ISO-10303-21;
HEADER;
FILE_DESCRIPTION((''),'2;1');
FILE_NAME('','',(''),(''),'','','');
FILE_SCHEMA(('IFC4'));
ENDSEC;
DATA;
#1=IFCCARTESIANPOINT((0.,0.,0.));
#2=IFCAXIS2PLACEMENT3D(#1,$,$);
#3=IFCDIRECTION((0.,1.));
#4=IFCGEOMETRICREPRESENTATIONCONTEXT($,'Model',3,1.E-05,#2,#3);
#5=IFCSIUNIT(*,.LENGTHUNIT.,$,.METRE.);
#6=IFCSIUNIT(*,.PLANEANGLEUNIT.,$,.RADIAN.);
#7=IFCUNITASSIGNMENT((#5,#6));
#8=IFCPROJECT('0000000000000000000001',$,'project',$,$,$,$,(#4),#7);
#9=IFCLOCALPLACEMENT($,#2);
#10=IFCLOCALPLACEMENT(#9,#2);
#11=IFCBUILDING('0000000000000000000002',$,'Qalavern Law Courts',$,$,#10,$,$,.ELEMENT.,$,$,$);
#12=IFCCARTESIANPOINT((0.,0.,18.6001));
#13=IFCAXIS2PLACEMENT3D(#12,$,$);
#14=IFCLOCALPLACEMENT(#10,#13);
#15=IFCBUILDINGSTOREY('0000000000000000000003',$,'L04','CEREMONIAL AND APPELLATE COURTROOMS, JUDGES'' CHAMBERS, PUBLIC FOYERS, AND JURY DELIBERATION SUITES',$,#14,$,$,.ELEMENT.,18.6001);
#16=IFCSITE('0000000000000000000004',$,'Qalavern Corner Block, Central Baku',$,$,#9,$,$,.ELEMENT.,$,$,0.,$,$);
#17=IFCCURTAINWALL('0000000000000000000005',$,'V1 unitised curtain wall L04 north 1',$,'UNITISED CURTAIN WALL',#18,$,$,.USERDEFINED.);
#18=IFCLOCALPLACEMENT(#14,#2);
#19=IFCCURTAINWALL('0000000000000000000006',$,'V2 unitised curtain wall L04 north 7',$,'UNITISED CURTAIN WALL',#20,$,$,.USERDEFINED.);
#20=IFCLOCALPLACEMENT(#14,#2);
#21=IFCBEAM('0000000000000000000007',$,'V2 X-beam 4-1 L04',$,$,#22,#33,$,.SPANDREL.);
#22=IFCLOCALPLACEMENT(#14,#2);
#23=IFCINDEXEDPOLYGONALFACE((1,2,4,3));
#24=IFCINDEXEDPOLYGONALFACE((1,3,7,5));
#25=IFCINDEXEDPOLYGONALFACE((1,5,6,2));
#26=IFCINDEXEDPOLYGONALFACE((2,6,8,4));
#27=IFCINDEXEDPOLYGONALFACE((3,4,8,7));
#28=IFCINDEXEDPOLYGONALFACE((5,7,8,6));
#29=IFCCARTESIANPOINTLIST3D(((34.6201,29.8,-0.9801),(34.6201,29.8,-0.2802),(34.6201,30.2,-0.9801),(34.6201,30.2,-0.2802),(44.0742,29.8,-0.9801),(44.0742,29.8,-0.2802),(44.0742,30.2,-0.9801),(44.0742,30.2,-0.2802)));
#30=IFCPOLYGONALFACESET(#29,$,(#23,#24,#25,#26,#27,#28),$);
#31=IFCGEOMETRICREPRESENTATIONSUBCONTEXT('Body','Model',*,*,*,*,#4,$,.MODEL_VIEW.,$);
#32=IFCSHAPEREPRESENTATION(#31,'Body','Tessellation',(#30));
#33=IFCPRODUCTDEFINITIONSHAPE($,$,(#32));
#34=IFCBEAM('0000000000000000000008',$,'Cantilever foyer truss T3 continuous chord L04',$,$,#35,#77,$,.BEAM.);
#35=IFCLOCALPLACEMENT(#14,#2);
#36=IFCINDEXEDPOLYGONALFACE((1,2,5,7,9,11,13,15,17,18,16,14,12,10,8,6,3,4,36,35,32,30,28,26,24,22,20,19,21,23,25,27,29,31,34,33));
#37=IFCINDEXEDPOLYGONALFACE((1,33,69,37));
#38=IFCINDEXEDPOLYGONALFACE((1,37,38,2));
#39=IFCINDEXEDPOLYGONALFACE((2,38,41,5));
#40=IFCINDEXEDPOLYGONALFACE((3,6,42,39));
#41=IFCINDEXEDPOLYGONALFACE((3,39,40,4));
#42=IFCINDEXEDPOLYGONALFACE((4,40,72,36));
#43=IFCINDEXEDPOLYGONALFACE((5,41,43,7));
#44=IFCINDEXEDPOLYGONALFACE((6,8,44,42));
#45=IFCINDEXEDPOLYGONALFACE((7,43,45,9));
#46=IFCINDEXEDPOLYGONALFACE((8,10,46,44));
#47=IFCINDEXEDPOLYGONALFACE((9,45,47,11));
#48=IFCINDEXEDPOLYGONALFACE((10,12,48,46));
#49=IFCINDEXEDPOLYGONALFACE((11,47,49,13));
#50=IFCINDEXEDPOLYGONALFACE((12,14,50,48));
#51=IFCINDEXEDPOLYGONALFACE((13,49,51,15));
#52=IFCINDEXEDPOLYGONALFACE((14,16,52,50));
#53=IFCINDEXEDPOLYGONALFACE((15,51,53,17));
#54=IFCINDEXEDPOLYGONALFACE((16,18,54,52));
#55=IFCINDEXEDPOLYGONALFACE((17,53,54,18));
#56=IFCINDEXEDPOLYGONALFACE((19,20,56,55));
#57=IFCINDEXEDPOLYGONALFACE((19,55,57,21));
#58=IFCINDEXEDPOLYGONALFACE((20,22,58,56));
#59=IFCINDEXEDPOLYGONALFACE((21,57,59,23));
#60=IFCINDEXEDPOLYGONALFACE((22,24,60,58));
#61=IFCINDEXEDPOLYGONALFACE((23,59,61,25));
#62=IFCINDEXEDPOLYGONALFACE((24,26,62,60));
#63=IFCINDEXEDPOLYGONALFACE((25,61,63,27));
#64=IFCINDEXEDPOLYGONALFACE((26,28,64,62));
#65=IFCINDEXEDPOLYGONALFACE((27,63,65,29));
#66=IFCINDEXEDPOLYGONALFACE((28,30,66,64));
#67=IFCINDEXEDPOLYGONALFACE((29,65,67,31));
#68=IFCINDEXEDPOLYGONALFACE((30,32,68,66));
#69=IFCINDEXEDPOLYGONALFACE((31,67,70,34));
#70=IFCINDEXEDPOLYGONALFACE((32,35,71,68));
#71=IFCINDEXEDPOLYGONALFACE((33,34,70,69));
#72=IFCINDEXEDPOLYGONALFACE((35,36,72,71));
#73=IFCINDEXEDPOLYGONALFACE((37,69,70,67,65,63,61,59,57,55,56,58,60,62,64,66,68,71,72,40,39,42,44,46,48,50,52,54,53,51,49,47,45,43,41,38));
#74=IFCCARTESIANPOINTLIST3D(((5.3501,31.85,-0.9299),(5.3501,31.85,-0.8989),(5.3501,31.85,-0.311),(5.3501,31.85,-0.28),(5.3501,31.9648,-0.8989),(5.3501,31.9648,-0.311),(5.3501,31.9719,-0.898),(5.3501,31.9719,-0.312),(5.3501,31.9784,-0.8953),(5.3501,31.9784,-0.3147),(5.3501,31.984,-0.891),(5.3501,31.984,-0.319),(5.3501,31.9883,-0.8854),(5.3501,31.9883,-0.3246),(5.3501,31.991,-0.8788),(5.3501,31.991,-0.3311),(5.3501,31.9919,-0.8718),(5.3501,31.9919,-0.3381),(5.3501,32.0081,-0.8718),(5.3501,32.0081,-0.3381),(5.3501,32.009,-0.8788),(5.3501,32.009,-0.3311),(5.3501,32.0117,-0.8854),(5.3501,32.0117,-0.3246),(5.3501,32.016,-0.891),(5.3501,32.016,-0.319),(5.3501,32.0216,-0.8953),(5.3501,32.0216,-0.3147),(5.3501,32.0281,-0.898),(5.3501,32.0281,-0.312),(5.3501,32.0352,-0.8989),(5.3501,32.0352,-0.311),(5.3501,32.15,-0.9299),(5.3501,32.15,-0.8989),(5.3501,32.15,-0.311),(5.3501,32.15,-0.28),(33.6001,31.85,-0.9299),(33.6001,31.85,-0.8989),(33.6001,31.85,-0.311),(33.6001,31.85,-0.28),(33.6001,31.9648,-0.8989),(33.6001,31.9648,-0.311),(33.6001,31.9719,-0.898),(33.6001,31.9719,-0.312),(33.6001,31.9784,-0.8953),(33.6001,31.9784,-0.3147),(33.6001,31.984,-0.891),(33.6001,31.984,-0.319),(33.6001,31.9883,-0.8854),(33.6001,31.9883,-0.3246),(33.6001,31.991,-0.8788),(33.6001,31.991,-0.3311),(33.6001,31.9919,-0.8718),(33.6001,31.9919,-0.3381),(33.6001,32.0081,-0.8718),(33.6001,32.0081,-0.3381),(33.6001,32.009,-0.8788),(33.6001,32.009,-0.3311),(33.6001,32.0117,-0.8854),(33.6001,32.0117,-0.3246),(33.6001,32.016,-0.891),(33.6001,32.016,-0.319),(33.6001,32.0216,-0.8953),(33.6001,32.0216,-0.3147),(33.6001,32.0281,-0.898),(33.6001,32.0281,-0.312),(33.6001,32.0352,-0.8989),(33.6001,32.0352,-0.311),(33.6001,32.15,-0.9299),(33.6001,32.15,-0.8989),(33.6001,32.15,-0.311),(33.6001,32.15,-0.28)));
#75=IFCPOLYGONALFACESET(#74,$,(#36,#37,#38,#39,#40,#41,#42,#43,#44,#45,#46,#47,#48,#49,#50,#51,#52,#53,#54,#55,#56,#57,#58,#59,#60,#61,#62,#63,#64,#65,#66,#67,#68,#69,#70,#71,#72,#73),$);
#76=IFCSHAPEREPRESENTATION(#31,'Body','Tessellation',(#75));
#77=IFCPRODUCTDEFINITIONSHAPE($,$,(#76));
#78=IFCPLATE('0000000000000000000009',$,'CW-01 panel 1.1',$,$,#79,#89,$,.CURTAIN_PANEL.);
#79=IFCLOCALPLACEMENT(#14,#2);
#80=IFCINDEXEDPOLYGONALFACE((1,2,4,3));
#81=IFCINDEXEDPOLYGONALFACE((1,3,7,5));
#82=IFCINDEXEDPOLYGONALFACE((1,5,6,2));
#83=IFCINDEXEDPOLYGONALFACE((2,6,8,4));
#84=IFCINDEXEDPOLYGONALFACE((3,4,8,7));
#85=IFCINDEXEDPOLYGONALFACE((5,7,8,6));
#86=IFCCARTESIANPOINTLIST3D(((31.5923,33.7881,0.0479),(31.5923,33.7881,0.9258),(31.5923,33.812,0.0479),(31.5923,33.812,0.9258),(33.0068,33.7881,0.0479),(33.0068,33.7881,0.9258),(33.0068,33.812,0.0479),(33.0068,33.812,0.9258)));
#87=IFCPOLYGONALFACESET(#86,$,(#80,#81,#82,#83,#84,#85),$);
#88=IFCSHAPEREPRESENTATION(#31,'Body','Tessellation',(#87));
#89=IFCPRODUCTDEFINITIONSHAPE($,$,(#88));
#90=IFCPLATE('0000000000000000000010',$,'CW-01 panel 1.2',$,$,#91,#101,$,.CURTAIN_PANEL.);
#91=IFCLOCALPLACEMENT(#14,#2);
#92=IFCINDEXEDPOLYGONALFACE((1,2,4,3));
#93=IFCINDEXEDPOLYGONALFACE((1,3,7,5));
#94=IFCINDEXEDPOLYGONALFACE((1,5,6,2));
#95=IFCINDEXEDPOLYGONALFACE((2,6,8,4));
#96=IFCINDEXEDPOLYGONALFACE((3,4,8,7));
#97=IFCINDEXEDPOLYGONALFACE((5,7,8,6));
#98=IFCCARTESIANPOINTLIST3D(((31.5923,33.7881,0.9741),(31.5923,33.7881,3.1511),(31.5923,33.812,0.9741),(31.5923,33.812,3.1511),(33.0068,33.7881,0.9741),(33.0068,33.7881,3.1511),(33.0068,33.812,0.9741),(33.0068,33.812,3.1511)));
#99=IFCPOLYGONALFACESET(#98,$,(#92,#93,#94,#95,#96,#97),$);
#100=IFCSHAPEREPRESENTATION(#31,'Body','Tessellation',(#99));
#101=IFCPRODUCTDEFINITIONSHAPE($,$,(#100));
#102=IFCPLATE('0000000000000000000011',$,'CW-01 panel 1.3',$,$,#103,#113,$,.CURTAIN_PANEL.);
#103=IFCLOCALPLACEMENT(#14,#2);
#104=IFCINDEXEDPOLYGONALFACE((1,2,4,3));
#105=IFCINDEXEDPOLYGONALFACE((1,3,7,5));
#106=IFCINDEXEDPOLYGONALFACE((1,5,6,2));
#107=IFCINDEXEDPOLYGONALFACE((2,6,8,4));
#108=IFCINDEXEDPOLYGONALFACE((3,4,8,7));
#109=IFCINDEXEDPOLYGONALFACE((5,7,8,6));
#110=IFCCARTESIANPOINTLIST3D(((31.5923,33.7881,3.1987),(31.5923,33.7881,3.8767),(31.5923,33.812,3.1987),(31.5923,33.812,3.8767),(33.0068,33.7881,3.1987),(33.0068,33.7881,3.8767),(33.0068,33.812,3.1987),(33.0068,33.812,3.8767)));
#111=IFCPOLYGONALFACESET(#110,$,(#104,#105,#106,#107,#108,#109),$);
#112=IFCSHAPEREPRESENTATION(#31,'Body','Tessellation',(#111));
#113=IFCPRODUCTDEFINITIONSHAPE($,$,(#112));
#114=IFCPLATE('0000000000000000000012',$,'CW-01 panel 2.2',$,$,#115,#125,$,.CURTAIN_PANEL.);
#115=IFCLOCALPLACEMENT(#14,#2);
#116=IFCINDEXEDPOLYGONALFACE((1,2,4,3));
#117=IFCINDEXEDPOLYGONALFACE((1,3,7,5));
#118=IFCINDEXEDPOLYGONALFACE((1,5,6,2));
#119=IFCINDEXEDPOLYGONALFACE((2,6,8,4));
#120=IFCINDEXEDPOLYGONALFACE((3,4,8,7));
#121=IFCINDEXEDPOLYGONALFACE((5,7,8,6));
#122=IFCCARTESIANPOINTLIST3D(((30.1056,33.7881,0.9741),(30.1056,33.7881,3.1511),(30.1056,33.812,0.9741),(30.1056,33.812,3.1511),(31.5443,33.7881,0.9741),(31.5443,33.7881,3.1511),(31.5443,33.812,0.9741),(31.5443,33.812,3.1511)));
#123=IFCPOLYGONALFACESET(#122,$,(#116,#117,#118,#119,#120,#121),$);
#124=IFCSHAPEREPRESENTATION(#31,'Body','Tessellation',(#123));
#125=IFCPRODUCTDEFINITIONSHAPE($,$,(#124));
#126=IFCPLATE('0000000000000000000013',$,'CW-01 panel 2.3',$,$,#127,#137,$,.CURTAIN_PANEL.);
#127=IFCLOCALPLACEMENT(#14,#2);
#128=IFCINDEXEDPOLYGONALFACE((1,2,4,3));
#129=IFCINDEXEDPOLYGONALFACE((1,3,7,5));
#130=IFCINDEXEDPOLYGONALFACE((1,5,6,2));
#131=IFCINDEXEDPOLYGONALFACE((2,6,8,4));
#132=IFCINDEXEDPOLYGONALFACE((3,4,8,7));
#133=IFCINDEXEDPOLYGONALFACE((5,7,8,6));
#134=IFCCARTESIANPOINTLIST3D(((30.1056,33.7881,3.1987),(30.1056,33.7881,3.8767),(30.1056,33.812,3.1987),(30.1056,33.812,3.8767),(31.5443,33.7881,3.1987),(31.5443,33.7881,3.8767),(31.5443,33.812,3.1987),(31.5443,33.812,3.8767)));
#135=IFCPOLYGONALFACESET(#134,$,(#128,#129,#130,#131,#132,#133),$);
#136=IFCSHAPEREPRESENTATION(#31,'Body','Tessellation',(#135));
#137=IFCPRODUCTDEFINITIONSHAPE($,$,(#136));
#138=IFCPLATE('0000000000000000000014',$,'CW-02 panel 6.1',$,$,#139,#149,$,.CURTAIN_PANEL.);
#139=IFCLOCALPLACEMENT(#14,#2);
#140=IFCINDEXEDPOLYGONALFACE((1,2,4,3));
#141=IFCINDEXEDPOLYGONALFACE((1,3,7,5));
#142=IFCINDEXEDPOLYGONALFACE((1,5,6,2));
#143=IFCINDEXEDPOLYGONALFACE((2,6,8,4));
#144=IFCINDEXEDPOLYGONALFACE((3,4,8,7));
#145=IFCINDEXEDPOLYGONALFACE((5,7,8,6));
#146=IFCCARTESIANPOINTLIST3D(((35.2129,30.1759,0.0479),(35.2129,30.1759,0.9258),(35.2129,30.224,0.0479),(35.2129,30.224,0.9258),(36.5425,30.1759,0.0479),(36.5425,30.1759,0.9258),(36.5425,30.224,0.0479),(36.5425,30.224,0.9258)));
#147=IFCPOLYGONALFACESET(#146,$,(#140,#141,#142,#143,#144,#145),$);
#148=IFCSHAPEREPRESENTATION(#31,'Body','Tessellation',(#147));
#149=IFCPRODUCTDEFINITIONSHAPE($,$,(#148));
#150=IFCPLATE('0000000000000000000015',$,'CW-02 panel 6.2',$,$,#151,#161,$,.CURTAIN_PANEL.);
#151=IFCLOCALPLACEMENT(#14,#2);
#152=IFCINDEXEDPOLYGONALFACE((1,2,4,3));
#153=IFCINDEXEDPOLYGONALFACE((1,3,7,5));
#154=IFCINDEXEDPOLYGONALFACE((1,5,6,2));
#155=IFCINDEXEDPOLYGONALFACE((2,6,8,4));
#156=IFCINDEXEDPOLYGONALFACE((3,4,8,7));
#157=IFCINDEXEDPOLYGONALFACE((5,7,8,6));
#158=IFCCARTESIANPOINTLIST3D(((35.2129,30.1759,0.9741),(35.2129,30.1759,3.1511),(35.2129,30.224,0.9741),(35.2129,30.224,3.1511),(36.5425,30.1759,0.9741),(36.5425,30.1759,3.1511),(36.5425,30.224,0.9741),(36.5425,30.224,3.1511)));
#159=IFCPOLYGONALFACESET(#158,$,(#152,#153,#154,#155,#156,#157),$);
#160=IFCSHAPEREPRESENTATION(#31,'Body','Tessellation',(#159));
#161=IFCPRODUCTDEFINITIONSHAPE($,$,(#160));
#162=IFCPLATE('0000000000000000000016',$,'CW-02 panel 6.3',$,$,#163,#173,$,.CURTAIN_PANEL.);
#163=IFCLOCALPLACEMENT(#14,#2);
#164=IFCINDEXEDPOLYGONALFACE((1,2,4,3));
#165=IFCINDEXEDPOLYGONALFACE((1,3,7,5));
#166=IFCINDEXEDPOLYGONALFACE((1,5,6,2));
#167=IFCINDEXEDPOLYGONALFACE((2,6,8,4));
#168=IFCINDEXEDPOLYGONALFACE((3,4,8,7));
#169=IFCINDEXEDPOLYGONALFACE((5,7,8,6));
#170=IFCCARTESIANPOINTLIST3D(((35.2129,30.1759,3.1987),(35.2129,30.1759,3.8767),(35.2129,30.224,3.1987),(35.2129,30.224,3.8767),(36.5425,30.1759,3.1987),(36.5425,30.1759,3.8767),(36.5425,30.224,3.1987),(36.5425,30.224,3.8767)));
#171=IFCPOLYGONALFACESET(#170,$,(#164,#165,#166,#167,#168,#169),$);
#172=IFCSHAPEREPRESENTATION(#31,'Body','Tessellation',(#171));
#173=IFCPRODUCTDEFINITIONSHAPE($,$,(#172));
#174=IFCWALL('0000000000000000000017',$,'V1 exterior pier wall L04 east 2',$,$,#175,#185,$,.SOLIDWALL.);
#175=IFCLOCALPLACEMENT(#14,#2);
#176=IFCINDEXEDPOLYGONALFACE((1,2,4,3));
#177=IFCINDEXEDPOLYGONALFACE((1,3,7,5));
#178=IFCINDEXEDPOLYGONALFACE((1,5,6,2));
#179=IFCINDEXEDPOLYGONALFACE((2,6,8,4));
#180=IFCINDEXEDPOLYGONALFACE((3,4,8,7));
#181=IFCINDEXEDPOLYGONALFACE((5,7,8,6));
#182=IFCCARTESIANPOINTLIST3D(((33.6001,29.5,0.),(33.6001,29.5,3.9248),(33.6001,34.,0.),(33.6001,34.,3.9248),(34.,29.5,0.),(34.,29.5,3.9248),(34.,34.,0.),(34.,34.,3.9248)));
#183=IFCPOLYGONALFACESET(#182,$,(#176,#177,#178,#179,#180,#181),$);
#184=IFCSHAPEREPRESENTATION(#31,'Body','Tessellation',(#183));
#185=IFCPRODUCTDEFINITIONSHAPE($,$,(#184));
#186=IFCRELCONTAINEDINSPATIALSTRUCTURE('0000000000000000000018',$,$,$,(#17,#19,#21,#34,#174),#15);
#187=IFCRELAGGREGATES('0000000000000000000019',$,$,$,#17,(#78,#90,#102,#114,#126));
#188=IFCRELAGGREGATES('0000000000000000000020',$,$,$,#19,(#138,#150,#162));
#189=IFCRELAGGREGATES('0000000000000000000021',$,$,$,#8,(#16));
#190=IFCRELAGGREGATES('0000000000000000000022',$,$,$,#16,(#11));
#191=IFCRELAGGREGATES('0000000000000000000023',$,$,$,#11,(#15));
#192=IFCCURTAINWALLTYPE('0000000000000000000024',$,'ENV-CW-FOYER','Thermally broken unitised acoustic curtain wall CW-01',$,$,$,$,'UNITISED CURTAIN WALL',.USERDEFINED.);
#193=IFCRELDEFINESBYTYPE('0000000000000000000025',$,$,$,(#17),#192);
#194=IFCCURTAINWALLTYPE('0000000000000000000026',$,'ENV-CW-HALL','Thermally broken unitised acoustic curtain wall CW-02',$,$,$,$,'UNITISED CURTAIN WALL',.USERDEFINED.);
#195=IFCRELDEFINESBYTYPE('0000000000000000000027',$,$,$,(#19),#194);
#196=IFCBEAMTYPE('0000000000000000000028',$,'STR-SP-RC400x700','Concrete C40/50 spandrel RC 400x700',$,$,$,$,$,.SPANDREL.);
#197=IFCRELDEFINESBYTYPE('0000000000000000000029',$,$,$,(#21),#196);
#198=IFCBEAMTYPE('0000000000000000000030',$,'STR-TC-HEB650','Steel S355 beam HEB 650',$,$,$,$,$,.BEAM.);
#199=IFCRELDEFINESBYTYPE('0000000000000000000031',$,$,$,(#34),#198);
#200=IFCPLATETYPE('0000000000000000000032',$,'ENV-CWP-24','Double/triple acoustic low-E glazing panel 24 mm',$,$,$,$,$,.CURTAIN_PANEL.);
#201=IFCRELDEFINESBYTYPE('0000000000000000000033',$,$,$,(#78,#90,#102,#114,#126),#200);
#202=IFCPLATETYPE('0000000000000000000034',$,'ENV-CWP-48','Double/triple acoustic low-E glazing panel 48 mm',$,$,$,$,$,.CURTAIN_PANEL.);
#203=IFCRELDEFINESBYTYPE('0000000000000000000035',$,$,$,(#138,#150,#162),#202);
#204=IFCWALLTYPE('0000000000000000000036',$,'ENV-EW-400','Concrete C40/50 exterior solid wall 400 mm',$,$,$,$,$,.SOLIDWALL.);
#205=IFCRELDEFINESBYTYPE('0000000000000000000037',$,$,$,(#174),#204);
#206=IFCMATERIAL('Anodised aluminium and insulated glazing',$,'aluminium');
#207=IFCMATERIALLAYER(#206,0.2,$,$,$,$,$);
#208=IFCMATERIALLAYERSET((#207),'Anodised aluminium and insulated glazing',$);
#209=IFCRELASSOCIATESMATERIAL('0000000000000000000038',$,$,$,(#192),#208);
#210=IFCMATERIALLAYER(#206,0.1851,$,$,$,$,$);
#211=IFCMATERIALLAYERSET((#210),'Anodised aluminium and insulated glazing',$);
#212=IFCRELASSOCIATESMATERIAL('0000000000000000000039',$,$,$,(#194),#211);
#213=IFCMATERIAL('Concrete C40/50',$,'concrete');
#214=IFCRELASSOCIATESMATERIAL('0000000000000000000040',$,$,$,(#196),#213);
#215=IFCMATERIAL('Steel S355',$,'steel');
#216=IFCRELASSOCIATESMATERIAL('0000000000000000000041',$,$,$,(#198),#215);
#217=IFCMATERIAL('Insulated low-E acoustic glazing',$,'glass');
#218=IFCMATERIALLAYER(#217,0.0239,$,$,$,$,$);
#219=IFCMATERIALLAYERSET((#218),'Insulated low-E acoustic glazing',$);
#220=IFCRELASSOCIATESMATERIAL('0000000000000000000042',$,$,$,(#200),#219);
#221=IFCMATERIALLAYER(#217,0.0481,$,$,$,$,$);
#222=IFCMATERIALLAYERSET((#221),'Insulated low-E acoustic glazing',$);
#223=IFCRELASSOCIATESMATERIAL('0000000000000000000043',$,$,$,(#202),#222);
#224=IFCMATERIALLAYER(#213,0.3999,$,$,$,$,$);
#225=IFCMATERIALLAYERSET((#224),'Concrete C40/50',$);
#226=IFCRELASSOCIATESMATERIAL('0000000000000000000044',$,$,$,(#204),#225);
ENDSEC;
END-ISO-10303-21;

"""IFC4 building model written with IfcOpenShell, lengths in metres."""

from ifc_helpers import new_model, si_unit, direction, frame, frame_2d, origin, origin_2d, place, context, subcontext, project, spatial, rectangle, i_section, extrude, material, layer, layer_set, material_profile, profile_set, type_object, element, aggregate, save


model = new_model("IFC4")

# Units and contexts
model_context = context("Model", 3, precision=1e-05, world=origin(), true_north=direction((0.0, 1.0)))
body_context = subcontext(model_context, "Body", "Model", "MODEL_VIEW")
ifc_project = project(units=[si_unit("LENGTHUNIT", "METRE"), si_unit("PLANEANGLEUNIT", "RADIAN")], contexts=[model_context])

# Site, building, storey
site_placement = place(None, origin())
site = spatial("IfcSite", under=ifc_project, at=site_placement, Name="Qalavern Corner Block, Central Baku", CompositionType="ELEMENT", RefElevation=0.0)
building_placement = place(site_placement, origin())
building = spatial("IfcBuilding", under=site, at=building_placement, Name="Qalavern Law Courts", CompositionType="ELEMENT")
storey_placement = place(building_placement, frame((0.0, 0.0, 18.6001)))
storey = spatial("IfcBuildingStorey", under=building, at=storey_placement, Name="L04", Description="CEREMONIAL AND APPELLATE COURTROOMS, JUDGES' CHAMBERS, PUBLIC FOYERS, AND JURY DELIBERATION SUITES", CompositionType="ELEMENT", Elevation=18.6001)

# Shared definitions
ifc_material_1 = material(Name="Anodised aluminium and insulated glazing", Category="aluminium")
ifc_layer_1 = layer(ifc_material_1, 0.2)
ifc_layer_set_1 = layer_set([ifc_layer_1], Name="Anodised aluminium and insulated glazing")
curtain_wall_type_1 = type_object("IfcCurtainWallType", Name="ENV-CW-FOYER", Description="Thermally broken unitised acoustic curtain wall CW-01", ElementType="UNITISED CURTAIN WALL", PredefinedType="USERDEFINED", material=ifc_layer_set_1)

# Curtain wall
curtain_wall_1_placement = place(storey_placement, origin())
curtain_wall_1 = element("IfcCurtainWall", 1, at=curtain_wall_1_placement, inside=storey, type_object=curtain_wall_type_1, Name="V1 unitised curtain wall L04 north 1", ObjectType="UNITISED CURTAIN WALL", PredefinedType="USERDEFINED")

# Curtain wall
ifc_layer_2 = layer(ifc_material_1, 0.1851)
ifc_layer_set_2 = layer_set([ifc_layer_2], Name="Anodised aluminium and insulated glazing")
curtain_wall_type_2 = type_object("IfcCurtainWallType", Name="ENV-CW-HALL", Description="Thermally broken unitised acoustic curtain wall CW-02", ElementType="UNITISED CURTAIN WALL", PredefinedType="USERDEFINED", material=ifc_layer_set_2)
curtain_wall_2_placement = place(storey_placement, origin())
curtain_wall_2 = element("IfcCurtainWall", 2, at=curtain_wall_2_placement, inside=storey, type_object=curtain_wall_type_2, Name="V2 unitised curtain wall L04 north 7", ObjectType="UNITISED CURTAIN WALL", PredefinedType="USERDEFINED")

# Shared definitions
ifc_material_2 = material(Name="Steel S355", Category="steel")

# Beams
ifc_material_3 = material(Name="Concrete C40/50", Category="concrete")
ifc_material_profile_1 = material_profile(ifc_material_3, rectangle(XDim=0.3999, YDim=0.7, at=origin_2d()), Name="RC 400x700")
ifc_profile_set_1 = profile_set([ifc_material_profile_1], Name="Concrete C40/50")
beam_type_1 = type_object("IfcBeamType", Name="STR-SP-RC400x700", Description="Concrete C40/50 spandrel RC 400x700", PredefinedType="SPANDREL", material=ifc_profile_set_1)
beam_1_placement = place(storey_placement, frame((34.6201, 30.0, -0.6301), z_axis=(1.0, 0.0, 0.0), x_axis=(0.0, 1.0, 0.0)))
element("IfcBeam", 3, at=beam_1_placement, inside=storey, type_object=beam_type_1, Name="V2 X-beam 4-1 L04", PredefinedType="SPANDREL", context=body_context, shape_type="SweptSolid", body=[
    extrude(rectangle(XDim=0.3999, YDim=0.7, at=origin_2d()), origin(), (0.0, 0.0, 1.0), 9.4541),
])
ifc_material_profile_2 = material_profile(ifc_material_2, i_section(OverallWidth=0.3, OverallDepth=0.6499, WebThickness=0.0161, FlangeThickness=0.031, FilletRadius=0.0271, at=origin_2d()), Name="HEB 650")
ifc_profile_set_2 = profile_set([ifc_material_profile_2], Name="Steel S355")
beam_type_2 = type_object("IfcBeamType", Name="STR-TC-HEB650", Description="Steel S355 beam HEB 650", PredefinedType="BEAM", material=ifc_profile_set_2)
beam_2_placement = place(storey_placement, frame((33.6001, 32.0, -0.605), z_axis=(-1.0, 0.0, 0.0), x_axis=(0.0, -1.0, 0.0)))
element("IfcBeam", 4, at=beam_2_placement, inside=storey, type_object=beam_type_2, Name="Cantilever foyer truss T3 continuous chord L04", PredefinedType="BEAM", context=body_context, shape_type="SweptSolid", body=[
    extrude(i_section(OverallWidth=0.3, OverallDepth=0.6499, WebThickness=0.0161, FlangeThickness=0.031, FilletRadius=0.0271, at=origin_2d()), origin(), (0.0, 0.0, 1.0), 28.25),
])

# Plates
ifc_material_4 = material(Name="Insulated low-E acoustic glazing", Category="glass")
ifc_layer_3 = layer(ifc_material_4, 0.0239)
ifc_layer_set_3 = layer_set([ifc_layer_3], Name="Insulated low-E acoustic glazing")
plate_type_1 = type_object("IfcPlateType", Name="ENV-CWP-24", Description="Double/triple acoustic low-E glazing panel 24 mm", PredefinedType="CURTAIN_PANEL", material=ifc_layer_set_3)
plate_1_placement = place(storey_placement, frame((32.2996, 33.8, 0.0479), z_axis=(0.0, 0.0, 1.0), x_axis=(-1.0, 0.0, 0.0)))
plate_1 = element("IfcPlate", 5, at=plate_1_placement, type_object=plate_type_1, Name="CW-01 panel 1.1", PredefinedType="CURTAIN_PANEL", context=body_context, shape_type="SweptSolid", body=[
    extrude(rectangle(XDim=1.4146, YDim=0.0239, at=origin_2d()), origin(), (0.0, 0.0, 1.0), 0.8779),
])
plate_2_placement = place(storey_placement, frame((32.2996, 33.8, 0.9741), z_axis=(0.0, 0.0, 1.0), x_axis=(-1.0, 0.0, 0.0)))
plate_2 = element("IfcPlate", 6, at=plate_2_placement, type_object=plate_type_1, Name="CW-01 panel 1.2", PredefinedType="CURTAIN_PANEL", context=body_context, shape_type="SweptSolid", body=[
    extrude(rectangle(XDim=1.4146, YDim=0.0239, at=origin_2d()), origin(), (0.0, 0.0, 1.0), 2.177),
])
plate_3_placement = place(storey_placement, frame((32.2996, 33.8, 3.1987), z_axis=(0.0, 0.0, 1.0), x_axis=(-1.0, 0.0, 0.0)))
plate_3 = element("IfcPlate", 7, at=plate_3_placement, type_object=plate_type_1, Name="CW-01 panel 1.3", PredefinedType="CURTAIN_PANEL", context=body_context, shape_type="SweptSolid", body=[
    extrude(rectangle(XDim=1.4146, YDim=0.0239, at=origin_2d()), origin(), (0.0, 0.0, 1.0), 0.678),
])
plate_4_placement = place(storey_placement, frame((30.825, 33.8, 0.9741), z_axis=(0.0, 0.0, 1.0), x_axis=(-1.0, 0.0, 0.0)))
plate_4 = element("IfcPlate", 8, at=plate_4_placement, type_object=plate_type_1, Name="CW-01 panel 2.2", PredefinedType="CURTAIN_PANEL", context=body_context, shape_type="SweptSolid", body=[
    extrude(rectangle(XDim=1.4387, YDim=0.0239, at=origin_2d()), origin(), (0.0, 0.0, 1.0), 2.177),
])
plate_5_placement = place(storey_placement, frame((30.825, 33.8, 3.1987), z_axis=(0.0, 0.0, 1.0), x_axis=(-1.0, 0.0, 0.0)))
plate_5 = element("IfcPlate", 9, at=plate_5_placement, type_object=plate_type_1, Name="CW-01 panel 2.3", PredefinedType="CURTAIN_PANEL", context=body_context, shape_type="SweptSolid", body=[
    extrude(rectangle(XDim=1.4387, YDim=0.0239, at=origin_2d()), origin(), (0.0, 0.0, 1.0), 0.678),
])
aggregate(curtain_wall_1, [plate_1, plate_2, plate_3, plate_4, plate_5])
ifc_layer_4 = layer(ifc_material_4, 0.0481)
ifc_layer_set_4 = layer_set([ifc_layer_4], Name="Insulated low-E acoustic glazing")
plate_type_2 = type_object("IfcPlateType", Name="ENV-CWP-48", Description="Double/triple acoustic low-E glazing panel 48 mm", PredefinedType="CURTAIN_PANEL", material=ifc_layer_set_4)
plate_6_placement = place(storey_placement, frame((35.8777, 30.2, 0.0479), z_axis=(0.0, 0.0, 1.0), x_axis=(-1.0, 0.0, 0.0)))
plate_6 = element("IfcPlate", 10, at=plate_6_placement, type_object=plate_type_2, Name="CW-02 panel 6.1", PredefinedType="CURTAIN_PANEL", context=body_context, shape_type="SweptSolid", body=[
    extrude(rectangle(XDim=1.3296, YDim=0.0481, at=origin_2d()), origin(), (0.0, 0.0, 1.0), 0.8779),
])
plate_7_placement = place(storey_placement, frame((35.8777, 30.2, 0.9741), z_axis=(0.0, 0.0, 1.0), x_axis=(-1.0, 0.0, 0.0)))
plate_7 = element("IfcPlate", 11, at=plate_7_placement, type_object=plate_type_2, Name="CW-02 panel 6.2", PredefinedType="CURTAIN_PANEL", context=body_context, shape_type="SweptSolid", body=[
    extrude(rectangle(XDim=1.3296, YDim=0.0481, at=origin_2d()), origin(), (0.0, 0.0, 1.0), 2.177),
])
plate_8_placement = place(storey_placement, frame((35.8777, 30.2, 3.1987), z_axis=(0.0, 0.0, 1.0), x_axis=(-1.0, 0.0, 0.0)))
plate_8 = element("IfcPlate", 12, at=plate_8_placement, type_object=plate_type_2, Name="CW-02 panel 6.3", PredefinedType="CURTAIN_PANEL", context=body_context, shape_type="SweptSolid", body=[
    extrude(rectangle(XDim=1.3296, YDim=0.0481, at=origin_2d()), origin(), (0.0, 0.0, 1.0), 0.678),
])
aggregate(curtain_wall_2, [plate_6, plate_7, plate_8])

# Wall
ifc_layer_5 = layer(ifc_material_3, 0.3999)
ifc_layer_set_5 = layer_set([ifc_layer_5], Name="Concrete C40/50")
wall_type = type_object("IfcWallType", Name="ENV-EW-400", Description="Concrete C40/50 exterior solid wall 400 mm", PredefinedType="SOLIDWALL", material=ifc_layer_set_5)
wall_1_placement = place(storey_placement, frame((33.8, 29.5, 0.0), z_axis=(0.0, 0.0, 1.0), x_axis=(0.0, 1.0, 0.0)))
element("IfcWall", 13, at=wall_1_placement, inside=storey, type_object=wall_type, Name="V1 exterior pier wall L04 east 2", PredefinedType="SOLIDWALL", context=body_context, shape_type="SweptSolid", body=[
    extrude(rectangle(XDim=4.5, YDim=0.3999, at=frame_2d((2.25, 0.0))), origin(), (0.0, 0.0, 1.0), 3.9248),
])

save(model, "model.ifc")
